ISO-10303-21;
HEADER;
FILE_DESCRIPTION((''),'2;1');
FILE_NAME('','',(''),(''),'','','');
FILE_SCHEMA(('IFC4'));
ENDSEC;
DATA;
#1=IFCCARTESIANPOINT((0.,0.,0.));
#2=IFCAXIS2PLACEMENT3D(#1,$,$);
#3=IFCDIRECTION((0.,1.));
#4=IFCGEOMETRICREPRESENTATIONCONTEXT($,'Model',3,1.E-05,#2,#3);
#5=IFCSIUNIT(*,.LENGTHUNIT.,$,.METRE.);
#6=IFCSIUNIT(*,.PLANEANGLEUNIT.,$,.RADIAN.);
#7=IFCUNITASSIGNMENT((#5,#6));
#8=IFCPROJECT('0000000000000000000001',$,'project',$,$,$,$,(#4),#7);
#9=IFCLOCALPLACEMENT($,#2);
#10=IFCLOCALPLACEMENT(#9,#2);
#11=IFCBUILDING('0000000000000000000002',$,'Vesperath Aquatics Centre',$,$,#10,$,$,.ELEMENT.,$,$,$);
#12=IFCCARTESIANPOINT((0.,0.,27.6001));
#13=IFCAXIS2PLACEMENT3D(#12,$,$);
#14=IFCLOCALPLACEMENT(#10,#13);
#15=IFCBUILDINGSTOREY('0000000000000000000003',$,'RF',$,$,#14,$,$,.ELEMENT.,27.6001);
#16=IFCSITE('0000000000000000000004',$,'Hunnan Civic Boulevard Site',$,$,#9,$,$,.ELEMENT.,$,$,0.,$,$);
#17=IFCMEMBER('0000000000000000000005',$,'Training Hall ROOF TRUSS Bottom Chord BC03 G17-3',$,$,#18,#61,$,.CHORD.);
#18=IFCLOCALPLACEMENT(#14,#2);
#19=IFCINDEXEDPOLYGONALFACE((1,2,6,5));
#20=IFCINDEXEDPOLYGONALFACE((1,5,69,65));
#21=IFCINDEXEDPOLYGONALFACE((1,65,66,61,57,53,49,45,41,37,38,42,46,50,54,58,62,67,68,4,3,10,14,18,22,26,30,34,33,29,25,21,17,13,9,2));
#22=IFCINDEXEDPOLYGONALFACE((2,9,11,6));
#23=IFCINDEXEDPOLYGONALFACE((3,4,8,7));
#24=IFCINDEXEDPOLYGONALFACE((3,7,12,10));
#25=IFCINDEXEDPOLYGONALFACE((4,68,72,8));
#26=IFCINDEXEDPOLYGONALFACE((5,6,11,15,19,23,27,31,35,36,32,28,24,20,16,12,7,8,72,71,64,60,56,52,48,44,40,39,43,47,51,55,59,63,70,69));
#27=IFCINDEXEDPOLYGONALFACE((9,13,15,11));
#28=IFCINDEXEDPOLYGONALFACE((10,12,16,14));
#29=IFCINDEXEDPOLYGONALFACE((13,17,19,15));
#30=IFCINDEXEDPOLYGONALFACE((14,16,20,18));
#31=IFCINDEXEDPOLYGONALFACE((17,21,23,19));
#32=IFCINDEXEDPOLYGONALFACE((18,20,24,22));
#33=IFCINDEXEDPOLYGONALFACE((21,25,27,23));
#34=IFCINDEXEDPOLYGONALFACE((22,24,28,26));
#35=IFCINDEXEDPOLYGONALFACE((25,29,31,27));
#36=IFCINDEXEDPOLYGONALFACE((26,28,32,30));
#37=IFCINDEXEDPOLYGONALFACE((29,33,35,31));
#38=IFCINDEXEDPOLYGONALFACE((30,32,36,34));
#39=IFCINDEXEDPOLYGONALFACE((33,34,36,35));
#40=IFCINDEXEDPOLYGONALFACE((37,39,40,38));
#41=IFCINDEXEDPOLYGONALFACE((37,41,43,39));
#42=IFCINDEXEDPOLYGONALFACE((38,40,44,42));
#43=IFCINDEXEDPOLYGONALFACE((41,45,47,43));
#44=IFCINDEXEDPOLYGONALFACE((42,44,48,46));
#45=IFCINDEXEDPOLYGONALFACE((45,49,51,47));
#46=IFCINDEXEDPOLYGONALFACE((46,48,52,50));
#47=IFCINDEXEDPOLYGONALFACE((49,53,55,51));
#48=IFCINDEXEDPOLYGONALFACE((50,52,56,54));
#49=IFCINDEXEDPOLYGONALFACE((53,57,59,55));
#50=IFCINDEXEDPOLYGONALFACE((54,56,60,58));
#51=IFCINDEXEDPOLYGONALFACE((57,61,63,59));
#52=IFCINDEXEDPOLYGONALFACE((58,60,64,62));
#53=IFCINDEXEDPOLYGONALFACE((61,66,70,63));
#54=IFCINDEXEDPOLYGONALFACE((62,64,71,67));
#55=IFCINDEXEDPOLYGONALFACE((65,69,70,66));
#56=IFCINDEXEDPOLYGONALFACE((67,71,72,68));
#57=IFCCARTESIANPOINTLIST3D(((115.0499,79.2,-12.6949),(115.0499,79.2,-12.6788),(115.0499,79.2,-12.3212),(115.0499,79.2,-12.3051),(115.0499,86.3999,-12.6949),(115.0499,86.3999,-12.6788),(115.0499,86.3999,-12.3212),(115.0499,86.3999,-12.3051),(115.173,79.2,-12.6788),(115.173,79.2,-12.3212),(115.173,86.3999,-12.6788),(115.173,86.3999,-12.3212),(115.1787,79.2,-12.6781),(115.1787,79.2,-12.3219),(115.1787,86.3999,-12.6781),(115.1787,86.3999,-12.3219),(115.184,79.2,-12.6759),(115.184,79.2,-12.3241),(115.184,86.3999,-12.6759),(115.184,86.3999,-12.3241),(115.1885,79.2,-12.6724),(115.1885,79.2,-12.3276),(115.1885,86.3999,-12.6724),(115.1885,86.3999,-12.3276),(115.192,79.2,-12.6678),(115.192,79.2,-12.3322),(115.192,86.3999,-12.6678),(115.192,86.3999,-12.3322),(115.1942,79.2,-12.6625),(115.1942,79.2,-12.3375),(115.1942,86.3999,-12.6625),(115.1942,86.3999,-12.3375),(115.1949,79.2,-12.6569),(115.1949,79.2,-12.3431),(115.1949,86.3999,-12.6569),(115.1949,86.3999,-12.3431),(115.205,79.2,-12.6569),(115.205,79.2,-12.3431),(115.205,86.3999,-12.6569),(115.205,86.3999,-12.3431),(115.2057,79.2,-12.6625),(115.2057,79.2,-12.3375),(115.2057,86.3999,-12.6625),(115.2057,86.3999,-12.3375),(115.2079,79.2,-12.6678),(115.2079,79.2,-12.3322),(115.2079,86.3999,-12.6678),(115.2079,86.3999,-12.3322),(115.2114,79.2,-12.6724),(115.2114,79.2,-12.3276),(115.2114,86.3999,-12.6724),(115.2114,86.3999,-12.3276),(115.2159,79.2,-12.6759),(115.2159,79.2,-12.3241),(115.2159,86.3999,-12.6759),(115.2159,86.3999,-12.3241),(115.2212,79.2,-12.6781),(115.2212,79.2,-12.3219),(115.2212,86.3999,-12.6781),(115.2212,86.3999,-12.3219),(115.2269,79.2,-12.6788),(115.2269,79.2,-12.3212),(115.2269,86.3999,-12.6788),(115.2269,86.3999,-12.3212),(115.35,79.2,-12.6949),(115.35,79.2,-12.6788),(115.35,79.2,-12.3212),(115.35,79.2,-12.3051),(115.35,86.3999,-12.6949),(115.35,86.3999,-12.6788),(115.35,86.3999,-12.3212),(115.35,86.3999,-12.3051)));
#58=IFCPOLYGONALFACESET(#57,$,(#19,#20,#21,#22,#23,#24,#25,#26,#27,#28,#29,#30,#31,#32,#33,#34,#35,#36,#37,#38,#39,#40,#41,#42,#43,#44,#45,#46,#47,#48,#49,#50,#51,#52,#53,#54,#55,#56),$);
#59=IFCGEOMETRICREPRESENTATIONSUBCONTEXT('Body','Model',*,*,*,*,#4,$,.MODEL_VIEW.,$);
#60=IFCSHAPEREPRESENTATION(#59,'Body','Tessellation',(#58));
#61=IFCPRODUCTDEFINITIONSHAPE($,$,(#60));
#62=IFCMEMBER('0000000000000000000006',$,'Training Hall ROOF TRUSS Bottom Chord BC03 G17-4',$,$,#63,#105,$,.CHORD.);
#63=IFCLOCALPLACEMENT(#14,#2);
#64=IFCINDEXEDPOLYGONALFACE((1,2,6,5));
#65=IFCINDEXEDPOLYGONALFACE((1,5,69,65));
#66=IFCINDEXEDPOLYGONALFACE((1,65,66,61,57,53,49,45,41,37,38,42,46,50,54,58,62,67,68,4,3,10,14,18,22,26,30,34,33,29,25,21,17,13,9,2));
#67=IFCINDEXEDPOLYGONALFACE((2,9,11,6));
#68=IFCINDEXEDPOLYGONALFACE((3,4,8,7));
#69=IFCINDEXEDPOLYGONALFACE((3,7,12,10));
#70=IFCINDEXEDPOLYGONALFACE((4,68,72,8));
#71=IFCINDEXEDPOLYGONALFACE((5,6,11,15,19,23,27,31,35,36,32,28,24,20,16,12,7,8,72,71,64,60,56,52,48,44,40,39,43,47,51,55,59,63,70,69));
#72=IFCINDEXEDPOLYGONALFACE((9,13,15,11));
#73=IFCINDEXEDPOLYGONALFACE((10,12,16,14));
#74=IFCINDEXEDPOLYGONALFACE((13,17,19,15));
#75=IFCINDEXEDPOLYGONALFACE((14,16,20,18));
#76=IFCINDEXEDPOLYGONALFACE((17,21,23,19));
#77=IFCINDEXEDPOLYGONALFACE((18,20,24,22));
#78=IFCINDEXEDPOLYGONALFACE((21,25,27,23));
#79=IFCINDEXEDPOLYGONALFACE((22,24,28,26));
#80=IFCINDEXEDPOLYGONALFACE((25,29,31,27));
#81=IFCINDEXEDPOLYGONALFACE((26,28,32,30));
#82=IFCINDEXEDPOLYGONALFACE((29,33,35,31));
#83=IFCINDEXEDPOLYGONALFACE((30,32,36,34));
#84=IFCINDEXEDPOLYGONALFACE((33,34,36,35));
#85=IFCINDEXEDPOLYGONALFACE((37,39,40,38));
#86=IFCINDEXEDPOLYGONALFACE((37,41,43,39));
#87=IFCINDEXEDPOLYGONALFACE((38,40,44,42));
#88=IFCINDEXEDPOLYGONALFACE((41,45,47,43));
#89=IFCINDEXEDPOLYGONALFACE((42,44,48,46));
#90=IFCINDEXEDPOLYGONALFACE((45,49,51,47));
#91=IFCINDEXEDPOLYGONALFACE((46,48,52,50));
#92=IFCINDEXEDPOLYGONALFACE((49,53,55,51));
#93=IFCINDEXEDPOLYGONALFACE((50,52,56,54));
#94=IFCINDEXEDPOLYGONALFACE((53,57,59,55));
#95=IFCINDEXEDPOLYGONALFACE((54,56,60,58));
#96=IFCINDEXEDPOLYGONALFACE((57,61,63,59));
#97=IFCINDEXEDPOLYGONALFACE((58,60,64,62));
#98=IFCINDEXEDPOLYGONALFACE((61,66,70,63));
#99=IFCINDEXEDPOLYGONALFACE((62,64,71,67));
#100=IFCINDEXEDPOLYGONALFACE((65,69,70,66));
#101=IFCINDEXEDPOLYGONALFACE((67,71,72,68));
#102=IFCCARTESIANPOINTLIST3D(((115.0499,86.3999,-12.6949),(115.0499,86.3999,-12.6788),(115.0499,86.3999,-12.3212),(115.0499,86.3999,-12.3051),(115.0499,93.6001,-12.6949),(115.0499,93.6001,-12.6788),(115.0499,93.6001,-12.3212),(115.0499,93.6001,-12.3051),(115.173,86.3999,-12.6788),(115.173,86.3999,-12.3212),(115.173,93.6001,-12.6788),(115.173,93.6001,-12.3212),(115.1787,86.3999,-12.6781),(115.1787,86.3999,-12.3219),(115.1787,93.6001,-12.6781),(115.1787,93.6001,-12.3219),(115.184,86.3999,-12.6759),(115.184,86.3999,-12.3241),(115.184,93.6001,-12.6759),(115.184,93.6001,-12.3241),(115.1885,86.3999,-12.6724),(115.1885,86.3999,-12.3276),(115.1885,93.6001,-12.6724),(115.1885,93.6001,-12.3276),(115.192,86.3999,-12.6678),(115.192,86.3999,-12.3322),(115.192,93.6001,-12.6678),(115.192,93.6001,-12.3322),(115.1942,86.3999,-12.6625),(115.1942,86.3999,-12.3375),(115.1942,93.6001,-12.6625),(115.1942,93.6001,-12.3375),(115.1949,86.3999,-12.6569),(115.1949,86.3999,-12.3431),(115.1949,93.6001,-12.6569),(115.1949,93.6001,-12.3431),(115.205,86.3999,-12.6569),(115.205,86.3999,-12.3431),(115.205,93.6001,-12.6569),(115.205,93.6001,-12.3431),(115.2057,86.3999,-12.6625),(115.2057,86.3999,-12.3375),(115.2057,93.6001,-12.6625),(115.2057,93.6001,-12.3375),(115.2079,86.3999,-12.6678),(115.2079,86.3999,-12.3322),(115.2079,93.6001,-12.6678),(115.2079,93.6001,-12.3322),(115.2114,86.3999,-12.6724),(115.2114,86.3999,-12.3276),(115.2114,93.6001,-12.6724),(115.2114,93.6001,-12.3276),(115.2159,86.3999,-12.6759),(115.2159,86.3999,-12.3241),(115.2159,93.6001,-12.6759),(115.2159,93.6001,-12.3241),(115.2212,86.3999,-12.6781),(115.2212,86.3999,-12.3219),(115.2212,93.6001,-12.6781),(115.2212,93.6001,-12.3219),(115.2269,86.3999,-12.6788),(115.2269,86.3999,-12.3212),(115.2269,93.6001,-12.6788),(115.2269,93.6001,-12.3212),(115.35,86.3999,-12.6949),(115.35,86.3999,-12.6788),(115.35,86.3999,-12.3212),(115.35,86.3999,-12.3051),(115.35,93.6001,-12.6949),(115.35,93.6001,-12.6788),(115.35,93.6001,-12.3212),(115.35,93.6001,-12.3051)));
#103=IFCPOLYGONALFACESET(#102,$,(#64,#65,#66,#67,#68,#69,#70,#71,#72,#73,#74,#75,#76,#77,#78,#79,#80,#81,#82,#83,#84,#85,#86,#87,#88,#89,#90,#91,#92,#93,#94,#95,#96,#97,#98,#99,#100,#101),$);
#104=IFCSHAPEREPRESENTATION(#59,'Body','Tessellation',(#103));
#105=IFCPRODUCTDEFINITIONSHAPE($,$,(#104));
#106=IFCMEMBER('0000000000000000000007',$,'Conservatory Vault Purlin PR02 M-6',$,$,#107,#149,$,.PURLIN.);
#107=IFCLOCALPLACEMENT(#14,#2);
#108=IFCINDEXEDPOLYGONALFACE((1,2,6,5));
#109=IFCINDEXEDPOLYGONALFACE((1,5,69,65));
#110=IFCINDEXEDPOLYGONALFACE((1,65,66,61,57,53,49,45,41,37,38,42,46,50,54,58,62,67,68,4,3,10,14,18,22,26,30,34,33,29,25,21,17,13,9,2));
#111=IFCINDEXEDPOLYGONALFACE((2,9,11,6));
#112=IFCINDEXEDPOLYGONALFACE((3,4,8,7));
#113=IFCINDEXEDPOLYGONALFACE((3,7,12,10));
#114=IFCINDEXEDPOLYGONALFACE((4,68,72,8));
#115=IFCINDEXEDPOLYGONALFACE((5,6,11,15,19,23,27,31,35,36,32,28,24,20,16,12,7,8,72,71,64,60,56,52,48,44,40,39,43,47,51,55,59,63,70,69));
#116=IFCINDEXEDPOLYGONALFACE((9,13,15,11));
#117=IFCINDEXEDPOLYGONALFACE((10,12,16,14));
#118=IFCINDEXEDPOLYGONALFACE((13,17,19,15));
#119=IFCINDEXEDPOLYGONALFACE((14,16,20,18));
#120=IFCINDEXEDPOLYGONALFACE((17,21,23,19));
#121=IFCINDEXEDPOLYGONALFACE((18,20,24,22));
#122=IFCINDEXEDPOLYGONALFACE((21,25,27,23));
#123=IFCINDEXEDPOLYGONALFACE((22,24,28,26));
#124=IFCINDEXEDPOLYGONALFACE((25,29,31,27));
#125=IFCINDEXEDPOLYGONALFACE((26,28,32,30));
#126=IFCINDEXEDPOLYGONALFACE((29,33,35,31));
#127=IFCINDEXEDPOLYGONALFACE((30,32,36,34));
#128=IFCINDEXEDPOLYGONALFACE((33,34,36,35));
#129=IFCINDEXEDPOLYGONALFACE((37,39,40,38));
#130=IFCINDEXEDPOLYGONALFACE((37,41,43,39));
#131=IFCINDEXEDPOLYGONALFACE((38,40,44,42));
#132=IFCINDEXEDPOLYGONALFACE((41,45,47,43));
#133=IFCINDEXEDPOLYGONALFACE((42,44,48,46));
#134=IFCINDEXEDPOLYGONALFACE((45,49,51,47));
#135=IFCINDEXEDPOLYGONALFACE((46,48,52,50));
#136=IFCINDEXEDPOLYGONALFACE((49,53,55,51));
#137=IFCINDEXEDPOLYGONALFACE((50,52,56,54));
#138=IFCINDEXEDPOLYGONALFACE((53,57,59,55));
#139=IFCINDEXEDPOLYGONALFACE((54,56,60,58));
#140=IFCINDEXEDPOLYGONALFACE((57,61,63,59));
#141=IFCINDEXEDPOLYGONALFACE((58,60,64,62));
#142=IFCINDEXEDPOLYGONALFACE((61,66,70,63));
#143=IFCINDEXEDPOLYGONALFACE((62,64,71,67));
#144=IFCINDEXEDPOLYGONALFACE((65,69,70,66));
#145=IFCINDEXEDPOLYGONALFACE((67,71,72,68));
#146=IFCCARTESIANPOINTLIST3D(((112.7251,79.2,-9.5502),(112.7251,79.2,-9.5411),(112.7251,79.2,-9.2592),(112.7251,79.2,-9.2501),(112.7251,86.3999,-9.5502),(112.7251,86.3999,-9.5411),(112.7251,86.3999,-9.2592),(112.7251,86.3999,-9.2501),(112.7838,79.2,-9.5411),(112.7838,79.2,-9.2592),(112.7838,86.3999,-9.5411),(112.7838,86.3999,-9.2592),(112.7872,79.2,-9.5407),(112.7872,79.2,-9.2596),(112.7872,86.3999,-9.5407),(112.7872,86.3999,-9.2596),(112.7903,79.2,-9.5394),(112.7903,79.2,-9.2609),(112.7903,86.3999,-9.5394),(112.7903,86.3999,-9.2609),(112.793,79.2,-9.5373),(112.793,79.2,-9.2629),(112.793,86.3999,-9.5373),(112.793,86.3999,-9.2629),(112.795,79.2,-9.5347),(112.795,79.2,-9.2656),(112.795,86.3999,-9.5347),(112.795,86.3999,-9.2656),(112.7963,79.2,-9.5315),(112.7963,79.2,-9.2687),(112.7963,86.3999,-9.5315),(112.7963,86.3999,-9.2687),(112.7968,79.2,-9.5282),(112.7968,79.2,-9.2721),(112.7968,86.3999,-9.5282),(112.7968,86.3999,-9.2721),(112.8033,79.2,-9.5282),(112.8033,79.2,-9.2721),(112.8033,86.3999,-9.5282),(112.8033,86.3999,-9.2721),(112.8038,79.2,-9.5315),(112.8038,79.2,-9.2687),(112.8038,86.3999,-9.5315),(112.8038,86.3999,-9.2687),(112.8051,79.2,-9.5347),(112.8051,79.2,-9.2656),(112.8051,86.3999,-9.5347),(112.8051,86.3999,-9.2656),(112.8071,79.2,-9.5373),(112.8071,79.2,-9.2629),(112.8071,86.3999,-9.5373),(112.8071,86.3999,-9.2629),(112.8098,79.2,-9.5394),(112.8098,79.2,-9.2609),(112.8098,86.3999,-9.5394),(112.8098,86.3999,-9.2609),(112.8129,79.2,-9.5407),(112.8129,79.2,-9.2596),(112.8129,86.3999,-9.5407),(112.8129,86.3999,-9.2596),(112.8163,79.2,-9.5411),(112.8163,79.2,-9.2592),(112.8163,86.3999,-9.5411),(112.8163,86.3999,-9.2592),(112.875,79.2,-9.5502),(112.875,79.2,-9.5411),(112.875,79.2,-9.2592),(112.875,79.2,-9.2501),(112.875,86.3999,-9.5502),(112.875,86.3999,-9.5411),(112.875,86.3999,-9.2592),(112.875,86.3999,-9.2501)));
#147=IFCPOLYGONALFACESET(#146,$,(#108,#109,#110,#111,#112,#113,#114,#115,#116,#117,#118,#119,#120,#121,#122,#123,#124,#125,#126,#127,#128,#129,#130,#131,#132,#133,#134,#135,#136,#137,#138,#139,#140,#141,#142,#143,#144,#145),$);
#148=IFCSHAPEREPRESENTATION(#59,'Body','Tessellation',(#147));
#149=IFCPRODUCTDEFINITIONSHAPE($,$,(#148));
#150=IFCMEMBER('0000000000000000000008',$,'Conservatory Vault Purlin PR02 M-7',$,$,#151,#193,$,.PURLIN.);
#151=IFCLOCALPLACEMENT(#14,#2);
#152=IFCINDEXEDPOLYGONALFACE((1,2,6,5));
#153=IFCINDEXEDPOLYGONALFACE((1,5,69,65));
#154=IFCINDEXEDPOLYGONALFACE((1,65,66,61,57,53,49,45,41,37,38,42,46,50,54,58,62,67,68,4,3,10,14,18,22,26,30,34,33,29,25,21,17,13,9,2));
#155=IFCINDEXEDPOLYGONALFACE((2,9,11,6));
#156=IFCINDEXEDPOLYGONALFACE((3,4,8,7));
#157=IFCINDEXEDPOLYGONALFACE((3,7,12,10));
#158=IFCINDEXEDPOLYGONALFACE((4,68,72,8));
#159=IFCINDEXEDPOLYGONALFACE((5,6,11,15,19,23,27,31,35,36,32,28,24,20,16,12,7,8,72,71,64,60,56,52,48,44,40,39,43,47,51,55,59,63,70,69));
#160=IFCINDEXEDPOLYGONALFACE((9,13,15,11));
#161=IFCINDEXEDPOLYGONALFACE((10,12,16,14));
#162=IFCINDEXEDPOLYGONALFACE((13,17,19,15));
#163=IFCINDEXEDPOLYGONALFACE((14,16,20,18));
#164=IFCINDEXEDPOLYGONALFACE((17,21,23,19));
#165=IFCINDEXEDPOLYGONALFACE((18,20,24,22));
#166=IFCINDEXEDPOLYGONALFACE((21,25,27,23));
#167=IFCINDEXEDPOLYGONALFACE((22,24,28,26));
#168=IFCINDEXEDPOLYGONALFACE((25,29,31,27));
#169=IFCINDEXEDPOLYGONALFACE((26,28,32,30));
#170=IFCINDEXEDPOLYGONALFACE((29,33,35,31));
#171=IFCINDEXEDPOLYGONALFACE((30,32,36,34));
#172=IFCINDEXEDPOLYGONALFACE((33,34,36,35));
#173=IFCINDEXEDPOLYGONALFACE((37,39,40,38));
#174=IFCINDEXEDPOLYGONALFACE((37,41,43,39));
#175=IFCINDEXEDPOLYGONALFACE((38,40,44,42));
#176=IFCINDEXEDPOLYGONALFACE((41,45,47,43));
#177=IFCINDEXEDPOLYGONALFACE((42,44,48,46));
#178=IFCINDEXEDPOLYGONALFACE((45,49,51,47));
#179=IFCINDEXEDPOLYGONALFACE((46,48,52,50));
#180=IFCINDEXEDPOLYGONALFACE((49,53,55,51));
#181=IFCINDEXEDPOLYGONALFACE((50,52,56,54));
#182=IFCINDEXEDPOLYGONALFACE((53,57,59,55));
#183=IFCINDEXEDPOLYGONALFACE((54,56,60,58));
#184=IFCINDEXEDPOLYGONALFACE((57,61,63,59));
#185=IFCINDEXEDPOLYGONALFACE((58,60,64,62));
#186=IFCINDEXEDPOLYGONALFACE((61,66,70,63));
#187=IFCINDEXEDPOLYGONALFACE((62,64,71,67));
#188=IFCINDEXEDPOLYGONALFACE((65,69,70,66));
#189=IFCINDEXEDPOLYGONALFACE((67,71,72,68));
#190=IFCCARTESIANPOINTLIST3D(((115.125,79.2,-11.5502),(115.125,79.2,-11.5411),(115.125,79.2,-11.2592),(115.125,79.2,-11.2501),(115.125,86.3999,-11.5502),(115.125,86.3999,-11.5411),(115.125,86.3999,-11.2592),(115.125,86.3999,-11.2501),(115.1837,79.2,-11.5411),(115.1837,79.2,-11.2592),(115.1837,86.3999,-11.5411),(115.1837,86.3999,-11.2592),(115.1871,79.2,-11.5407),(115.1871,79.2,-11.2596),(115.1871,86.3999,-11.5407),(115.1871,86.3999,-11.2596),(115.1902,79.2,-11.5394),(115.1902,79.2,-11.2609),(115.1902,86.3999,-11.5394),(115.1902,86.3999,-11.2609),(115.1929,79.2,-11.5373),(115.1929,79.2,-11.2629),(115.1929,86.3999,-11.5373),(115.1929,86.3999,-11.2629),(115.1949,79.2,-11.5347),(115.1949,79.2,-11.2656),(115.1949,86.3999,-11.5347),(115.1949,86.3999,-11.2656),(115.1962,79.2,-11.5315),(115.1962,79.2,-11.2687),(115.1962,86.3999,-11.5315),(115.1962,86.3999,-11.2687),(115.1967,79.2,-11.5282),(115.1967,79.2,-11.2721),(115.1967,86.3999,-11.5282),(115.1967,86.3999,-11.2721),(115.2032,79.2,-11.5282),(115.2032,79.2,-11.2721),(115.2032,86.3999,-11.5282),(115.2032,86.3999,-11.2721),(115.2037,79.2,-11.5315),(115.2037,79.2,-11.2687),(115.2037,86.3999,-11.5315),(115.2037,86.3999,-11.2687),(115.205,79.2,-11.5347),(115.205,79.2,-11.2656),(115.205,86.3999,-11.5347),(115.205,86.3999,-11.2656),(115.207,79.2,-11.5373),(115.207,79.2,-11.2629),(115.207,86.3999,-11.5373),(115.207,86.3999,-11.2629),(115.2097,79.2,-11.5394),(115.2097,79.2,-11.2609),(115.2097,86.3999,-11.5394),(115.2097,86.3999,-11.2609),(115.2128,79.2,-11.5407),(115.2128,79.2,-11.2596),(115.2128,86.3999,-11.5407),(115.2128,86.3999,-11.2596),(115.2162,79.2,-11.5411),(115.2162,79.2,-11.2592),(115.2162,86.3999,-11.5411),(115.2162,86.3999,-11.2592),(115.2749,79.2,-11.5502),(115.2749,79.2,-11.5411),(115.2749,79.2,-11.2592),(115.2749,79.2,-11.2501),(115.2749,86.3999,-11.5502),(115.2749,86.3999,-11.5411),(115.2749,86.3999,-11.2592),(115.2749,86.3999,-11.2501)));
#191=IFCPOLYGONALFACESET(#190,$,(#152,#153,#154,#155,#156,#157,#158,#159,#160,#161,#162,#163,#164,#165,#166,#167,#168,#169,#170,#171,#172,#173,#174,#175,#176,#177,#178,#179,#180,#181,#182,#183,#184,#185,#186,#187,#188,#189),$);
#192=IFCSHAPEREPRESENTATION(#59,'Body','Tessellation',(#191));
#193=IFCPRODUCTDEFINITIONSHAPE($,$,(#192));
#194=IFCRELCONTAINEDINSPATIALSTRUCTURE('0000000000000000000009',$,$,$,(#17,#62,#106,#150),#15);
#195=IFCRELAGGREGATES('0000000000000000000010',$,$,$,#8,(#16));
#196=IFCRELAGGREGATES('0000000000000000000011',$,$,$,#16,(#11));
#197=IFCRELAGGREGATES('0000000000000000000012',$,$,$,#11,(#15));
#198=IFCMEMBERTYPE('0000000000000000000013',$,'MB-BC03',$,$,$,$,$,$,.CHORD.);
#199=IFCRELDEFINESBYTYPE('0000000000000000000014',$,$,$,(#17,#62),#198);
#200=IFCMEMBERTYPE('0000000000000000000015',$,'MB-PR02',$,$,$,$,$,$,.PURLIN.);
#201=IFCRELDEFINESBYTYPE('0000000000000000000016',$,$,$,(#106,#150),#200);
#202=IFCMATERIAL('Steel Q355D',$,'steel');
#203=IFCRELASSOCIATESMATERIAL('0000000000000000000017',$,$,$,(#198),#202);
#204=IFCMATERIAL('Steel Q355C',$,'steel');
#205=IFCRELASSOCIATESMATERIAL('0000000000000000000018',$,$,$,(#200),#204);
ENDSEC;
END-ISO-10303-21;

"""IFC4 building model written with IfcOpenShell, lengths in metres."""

from ifc_helpers import new_model, si_unit, direction, frame, origin, origin_2d, place, context, subcontext, project, spatial, i_section, extrude, material, material_profile, profile_set, type_object, element, save


model = new_model("IFC4")

# Units and contexts
model_context = context("Model", 3, precision=1e-05, world=origin(), true_north=direction((0.0, 1.0)))
body_context = subcontext(model_context, "Body", "Model", "MODEL_VIEW")
ifc_project = project(units=[si_unit("LENGTHUNIT", "METRE"), si_unit("PLANEANGLEUNIT", "RADIAN")], contexts=[model_context])

# Site, building, storey
site_placement = place(None, origin())
site = spatial("IfcSite", under=ifc_project, at=site_placement, Name="Hunnan Civic Boulevard Site", CompositionType="ELEMENT", RefElevation=0.0)
building_placement = place(site_placement, origin())
building = spatial("IfcBuilding", under=site, at=building_placement, Name="Vesperath Aquatics Centre", CompositionType="ELEMENT")
storey_placement = place(building_placement, frame((0.0, 0.0, 27.6001)))
storey = spatial("IfcBuildingStorey", under=building, at=storey_placement, Name="RF", CompositionType="ELEMENT", Elevation=27.6001)

# Shared definitions
ifc_material_1 = material(Name="Steel Q355C", Category="steel")

# Members
ifc_material_2 = material(Name="Steel Q355D", Category="steel")
ifc_material_profile_1 = material_profile(ifc_material_2, i_section(OverallWidth=0.3, OverallDepth=0.3899, WebThickness=0.01, FlangeThickness=0.0161, FilletRadius=0.022, at=origin_2d()), Name="HM 390x300x10x16")
ifc_profile_set_1 = profile_set([ifc_material_profile_1], Name="Steel Q355D")
member_type_1 = type_object("IfcMemberType", Name="MB-BC03", PredefinedType="CHORD", material=ifc_profile_set_1)
member_1_placement = place(storey_placement, frame((115.2, 79.2, -12.5), z_axis=(0.0, 1.0, 0.0), x_axis=(-1.0, 0.0, 0.0)))
element("IfcMember", 1, at=member_1_placement, inside=storey, type_object=member_type_1, Name="Training Hall ROOF TRUSS Bottom Chord BC03 G17-3", PredefinedType="CHORD", context=body_context, shape_type="SweptSolid", body=[
    extrude(i_section(OverallWidth=0.3, OverallDepth=0.3899, WebThickness=0.01, FlangeThickness=0.0161, FilletRadius=0.022, at=origin_2d()), origin(), (0.0, 0.0, 1.0), 7.2),
])
member_2_placement = place(storey_placement, frame((115.2, 86.3999, -12.5), z_axis=(0.0, 1.0, 0.0), x_axis=(-1.0, 0.0, 0.0)))
element("IfcMember", 2, at=member_2_placement, inside=storey, type_object=member_type_1, Name="Training Hall ROOF TRUSS Bottom Chord BC03 G17-4", PredefinedType="CHORD", context=body_context, shape_type="SweptSolid", body=[
    extrude(i_section(OverallWidth=0.3, OverallDepth=0.3899, WebThickness=0.01, FlangeThickness=0.0161, FilletRadius=0.022, at=origin_2d()), origin(), (0.0, 0.0, 1.0), 7.2002),
])
ifc_material_profile_2 = material_profile(ifc_material_1, i_section(OverallWidth=0.1499, OverallDepth=0.3, WebThickness=0.0066, FlangeThickness=0.009, FilletRadius=0.0129, at=origin_2d()), Name="HN 300x150x6.5x9")
ifc_profile_set_2 = profile_set([ifc_material_profile_2], Name="Steel Q355C")
member_type_2 = type_object("IfcMemberType", Name="MB-PR02", PredefinedType="PURLIN", material=ifc_profile_set_2)
for number, where, z_axis, x_axis, name in (
    (3, (112.8, 79.2, -9.4001), (0.0, 1.0, 0.0), (-1.0, 0.0, 0.0), "Conservatory Vault Purlin PR02 M-6"),
    (4, (115.2, 79.2, -11.4001), (0.0, 1.0, 0.0), (-1.0, 0.0, 0.0), "Conservatory Vault Purlin PR02 M-7"),
):
    element("IfcMember", number, at=place(storey_placement, frame(where, z_axis=z_axis, x_axis=x_axis)), inside=storey, type_object=member_type_2, Name=name, PredefinedType="PURLIN", context=body_context, shape_type="SweptSolid", body=[
        extrude(i_section(OverallWidth=0.1499, OverallDepth=0.3, WebThickness=0.0066, FlangeThickness=0.009, FilletRadius=0.0129, at=origin_2d()), origin(), (0.0, 0.0, 1.0), 7.2),
    ])

save(model, "model.ifc")
